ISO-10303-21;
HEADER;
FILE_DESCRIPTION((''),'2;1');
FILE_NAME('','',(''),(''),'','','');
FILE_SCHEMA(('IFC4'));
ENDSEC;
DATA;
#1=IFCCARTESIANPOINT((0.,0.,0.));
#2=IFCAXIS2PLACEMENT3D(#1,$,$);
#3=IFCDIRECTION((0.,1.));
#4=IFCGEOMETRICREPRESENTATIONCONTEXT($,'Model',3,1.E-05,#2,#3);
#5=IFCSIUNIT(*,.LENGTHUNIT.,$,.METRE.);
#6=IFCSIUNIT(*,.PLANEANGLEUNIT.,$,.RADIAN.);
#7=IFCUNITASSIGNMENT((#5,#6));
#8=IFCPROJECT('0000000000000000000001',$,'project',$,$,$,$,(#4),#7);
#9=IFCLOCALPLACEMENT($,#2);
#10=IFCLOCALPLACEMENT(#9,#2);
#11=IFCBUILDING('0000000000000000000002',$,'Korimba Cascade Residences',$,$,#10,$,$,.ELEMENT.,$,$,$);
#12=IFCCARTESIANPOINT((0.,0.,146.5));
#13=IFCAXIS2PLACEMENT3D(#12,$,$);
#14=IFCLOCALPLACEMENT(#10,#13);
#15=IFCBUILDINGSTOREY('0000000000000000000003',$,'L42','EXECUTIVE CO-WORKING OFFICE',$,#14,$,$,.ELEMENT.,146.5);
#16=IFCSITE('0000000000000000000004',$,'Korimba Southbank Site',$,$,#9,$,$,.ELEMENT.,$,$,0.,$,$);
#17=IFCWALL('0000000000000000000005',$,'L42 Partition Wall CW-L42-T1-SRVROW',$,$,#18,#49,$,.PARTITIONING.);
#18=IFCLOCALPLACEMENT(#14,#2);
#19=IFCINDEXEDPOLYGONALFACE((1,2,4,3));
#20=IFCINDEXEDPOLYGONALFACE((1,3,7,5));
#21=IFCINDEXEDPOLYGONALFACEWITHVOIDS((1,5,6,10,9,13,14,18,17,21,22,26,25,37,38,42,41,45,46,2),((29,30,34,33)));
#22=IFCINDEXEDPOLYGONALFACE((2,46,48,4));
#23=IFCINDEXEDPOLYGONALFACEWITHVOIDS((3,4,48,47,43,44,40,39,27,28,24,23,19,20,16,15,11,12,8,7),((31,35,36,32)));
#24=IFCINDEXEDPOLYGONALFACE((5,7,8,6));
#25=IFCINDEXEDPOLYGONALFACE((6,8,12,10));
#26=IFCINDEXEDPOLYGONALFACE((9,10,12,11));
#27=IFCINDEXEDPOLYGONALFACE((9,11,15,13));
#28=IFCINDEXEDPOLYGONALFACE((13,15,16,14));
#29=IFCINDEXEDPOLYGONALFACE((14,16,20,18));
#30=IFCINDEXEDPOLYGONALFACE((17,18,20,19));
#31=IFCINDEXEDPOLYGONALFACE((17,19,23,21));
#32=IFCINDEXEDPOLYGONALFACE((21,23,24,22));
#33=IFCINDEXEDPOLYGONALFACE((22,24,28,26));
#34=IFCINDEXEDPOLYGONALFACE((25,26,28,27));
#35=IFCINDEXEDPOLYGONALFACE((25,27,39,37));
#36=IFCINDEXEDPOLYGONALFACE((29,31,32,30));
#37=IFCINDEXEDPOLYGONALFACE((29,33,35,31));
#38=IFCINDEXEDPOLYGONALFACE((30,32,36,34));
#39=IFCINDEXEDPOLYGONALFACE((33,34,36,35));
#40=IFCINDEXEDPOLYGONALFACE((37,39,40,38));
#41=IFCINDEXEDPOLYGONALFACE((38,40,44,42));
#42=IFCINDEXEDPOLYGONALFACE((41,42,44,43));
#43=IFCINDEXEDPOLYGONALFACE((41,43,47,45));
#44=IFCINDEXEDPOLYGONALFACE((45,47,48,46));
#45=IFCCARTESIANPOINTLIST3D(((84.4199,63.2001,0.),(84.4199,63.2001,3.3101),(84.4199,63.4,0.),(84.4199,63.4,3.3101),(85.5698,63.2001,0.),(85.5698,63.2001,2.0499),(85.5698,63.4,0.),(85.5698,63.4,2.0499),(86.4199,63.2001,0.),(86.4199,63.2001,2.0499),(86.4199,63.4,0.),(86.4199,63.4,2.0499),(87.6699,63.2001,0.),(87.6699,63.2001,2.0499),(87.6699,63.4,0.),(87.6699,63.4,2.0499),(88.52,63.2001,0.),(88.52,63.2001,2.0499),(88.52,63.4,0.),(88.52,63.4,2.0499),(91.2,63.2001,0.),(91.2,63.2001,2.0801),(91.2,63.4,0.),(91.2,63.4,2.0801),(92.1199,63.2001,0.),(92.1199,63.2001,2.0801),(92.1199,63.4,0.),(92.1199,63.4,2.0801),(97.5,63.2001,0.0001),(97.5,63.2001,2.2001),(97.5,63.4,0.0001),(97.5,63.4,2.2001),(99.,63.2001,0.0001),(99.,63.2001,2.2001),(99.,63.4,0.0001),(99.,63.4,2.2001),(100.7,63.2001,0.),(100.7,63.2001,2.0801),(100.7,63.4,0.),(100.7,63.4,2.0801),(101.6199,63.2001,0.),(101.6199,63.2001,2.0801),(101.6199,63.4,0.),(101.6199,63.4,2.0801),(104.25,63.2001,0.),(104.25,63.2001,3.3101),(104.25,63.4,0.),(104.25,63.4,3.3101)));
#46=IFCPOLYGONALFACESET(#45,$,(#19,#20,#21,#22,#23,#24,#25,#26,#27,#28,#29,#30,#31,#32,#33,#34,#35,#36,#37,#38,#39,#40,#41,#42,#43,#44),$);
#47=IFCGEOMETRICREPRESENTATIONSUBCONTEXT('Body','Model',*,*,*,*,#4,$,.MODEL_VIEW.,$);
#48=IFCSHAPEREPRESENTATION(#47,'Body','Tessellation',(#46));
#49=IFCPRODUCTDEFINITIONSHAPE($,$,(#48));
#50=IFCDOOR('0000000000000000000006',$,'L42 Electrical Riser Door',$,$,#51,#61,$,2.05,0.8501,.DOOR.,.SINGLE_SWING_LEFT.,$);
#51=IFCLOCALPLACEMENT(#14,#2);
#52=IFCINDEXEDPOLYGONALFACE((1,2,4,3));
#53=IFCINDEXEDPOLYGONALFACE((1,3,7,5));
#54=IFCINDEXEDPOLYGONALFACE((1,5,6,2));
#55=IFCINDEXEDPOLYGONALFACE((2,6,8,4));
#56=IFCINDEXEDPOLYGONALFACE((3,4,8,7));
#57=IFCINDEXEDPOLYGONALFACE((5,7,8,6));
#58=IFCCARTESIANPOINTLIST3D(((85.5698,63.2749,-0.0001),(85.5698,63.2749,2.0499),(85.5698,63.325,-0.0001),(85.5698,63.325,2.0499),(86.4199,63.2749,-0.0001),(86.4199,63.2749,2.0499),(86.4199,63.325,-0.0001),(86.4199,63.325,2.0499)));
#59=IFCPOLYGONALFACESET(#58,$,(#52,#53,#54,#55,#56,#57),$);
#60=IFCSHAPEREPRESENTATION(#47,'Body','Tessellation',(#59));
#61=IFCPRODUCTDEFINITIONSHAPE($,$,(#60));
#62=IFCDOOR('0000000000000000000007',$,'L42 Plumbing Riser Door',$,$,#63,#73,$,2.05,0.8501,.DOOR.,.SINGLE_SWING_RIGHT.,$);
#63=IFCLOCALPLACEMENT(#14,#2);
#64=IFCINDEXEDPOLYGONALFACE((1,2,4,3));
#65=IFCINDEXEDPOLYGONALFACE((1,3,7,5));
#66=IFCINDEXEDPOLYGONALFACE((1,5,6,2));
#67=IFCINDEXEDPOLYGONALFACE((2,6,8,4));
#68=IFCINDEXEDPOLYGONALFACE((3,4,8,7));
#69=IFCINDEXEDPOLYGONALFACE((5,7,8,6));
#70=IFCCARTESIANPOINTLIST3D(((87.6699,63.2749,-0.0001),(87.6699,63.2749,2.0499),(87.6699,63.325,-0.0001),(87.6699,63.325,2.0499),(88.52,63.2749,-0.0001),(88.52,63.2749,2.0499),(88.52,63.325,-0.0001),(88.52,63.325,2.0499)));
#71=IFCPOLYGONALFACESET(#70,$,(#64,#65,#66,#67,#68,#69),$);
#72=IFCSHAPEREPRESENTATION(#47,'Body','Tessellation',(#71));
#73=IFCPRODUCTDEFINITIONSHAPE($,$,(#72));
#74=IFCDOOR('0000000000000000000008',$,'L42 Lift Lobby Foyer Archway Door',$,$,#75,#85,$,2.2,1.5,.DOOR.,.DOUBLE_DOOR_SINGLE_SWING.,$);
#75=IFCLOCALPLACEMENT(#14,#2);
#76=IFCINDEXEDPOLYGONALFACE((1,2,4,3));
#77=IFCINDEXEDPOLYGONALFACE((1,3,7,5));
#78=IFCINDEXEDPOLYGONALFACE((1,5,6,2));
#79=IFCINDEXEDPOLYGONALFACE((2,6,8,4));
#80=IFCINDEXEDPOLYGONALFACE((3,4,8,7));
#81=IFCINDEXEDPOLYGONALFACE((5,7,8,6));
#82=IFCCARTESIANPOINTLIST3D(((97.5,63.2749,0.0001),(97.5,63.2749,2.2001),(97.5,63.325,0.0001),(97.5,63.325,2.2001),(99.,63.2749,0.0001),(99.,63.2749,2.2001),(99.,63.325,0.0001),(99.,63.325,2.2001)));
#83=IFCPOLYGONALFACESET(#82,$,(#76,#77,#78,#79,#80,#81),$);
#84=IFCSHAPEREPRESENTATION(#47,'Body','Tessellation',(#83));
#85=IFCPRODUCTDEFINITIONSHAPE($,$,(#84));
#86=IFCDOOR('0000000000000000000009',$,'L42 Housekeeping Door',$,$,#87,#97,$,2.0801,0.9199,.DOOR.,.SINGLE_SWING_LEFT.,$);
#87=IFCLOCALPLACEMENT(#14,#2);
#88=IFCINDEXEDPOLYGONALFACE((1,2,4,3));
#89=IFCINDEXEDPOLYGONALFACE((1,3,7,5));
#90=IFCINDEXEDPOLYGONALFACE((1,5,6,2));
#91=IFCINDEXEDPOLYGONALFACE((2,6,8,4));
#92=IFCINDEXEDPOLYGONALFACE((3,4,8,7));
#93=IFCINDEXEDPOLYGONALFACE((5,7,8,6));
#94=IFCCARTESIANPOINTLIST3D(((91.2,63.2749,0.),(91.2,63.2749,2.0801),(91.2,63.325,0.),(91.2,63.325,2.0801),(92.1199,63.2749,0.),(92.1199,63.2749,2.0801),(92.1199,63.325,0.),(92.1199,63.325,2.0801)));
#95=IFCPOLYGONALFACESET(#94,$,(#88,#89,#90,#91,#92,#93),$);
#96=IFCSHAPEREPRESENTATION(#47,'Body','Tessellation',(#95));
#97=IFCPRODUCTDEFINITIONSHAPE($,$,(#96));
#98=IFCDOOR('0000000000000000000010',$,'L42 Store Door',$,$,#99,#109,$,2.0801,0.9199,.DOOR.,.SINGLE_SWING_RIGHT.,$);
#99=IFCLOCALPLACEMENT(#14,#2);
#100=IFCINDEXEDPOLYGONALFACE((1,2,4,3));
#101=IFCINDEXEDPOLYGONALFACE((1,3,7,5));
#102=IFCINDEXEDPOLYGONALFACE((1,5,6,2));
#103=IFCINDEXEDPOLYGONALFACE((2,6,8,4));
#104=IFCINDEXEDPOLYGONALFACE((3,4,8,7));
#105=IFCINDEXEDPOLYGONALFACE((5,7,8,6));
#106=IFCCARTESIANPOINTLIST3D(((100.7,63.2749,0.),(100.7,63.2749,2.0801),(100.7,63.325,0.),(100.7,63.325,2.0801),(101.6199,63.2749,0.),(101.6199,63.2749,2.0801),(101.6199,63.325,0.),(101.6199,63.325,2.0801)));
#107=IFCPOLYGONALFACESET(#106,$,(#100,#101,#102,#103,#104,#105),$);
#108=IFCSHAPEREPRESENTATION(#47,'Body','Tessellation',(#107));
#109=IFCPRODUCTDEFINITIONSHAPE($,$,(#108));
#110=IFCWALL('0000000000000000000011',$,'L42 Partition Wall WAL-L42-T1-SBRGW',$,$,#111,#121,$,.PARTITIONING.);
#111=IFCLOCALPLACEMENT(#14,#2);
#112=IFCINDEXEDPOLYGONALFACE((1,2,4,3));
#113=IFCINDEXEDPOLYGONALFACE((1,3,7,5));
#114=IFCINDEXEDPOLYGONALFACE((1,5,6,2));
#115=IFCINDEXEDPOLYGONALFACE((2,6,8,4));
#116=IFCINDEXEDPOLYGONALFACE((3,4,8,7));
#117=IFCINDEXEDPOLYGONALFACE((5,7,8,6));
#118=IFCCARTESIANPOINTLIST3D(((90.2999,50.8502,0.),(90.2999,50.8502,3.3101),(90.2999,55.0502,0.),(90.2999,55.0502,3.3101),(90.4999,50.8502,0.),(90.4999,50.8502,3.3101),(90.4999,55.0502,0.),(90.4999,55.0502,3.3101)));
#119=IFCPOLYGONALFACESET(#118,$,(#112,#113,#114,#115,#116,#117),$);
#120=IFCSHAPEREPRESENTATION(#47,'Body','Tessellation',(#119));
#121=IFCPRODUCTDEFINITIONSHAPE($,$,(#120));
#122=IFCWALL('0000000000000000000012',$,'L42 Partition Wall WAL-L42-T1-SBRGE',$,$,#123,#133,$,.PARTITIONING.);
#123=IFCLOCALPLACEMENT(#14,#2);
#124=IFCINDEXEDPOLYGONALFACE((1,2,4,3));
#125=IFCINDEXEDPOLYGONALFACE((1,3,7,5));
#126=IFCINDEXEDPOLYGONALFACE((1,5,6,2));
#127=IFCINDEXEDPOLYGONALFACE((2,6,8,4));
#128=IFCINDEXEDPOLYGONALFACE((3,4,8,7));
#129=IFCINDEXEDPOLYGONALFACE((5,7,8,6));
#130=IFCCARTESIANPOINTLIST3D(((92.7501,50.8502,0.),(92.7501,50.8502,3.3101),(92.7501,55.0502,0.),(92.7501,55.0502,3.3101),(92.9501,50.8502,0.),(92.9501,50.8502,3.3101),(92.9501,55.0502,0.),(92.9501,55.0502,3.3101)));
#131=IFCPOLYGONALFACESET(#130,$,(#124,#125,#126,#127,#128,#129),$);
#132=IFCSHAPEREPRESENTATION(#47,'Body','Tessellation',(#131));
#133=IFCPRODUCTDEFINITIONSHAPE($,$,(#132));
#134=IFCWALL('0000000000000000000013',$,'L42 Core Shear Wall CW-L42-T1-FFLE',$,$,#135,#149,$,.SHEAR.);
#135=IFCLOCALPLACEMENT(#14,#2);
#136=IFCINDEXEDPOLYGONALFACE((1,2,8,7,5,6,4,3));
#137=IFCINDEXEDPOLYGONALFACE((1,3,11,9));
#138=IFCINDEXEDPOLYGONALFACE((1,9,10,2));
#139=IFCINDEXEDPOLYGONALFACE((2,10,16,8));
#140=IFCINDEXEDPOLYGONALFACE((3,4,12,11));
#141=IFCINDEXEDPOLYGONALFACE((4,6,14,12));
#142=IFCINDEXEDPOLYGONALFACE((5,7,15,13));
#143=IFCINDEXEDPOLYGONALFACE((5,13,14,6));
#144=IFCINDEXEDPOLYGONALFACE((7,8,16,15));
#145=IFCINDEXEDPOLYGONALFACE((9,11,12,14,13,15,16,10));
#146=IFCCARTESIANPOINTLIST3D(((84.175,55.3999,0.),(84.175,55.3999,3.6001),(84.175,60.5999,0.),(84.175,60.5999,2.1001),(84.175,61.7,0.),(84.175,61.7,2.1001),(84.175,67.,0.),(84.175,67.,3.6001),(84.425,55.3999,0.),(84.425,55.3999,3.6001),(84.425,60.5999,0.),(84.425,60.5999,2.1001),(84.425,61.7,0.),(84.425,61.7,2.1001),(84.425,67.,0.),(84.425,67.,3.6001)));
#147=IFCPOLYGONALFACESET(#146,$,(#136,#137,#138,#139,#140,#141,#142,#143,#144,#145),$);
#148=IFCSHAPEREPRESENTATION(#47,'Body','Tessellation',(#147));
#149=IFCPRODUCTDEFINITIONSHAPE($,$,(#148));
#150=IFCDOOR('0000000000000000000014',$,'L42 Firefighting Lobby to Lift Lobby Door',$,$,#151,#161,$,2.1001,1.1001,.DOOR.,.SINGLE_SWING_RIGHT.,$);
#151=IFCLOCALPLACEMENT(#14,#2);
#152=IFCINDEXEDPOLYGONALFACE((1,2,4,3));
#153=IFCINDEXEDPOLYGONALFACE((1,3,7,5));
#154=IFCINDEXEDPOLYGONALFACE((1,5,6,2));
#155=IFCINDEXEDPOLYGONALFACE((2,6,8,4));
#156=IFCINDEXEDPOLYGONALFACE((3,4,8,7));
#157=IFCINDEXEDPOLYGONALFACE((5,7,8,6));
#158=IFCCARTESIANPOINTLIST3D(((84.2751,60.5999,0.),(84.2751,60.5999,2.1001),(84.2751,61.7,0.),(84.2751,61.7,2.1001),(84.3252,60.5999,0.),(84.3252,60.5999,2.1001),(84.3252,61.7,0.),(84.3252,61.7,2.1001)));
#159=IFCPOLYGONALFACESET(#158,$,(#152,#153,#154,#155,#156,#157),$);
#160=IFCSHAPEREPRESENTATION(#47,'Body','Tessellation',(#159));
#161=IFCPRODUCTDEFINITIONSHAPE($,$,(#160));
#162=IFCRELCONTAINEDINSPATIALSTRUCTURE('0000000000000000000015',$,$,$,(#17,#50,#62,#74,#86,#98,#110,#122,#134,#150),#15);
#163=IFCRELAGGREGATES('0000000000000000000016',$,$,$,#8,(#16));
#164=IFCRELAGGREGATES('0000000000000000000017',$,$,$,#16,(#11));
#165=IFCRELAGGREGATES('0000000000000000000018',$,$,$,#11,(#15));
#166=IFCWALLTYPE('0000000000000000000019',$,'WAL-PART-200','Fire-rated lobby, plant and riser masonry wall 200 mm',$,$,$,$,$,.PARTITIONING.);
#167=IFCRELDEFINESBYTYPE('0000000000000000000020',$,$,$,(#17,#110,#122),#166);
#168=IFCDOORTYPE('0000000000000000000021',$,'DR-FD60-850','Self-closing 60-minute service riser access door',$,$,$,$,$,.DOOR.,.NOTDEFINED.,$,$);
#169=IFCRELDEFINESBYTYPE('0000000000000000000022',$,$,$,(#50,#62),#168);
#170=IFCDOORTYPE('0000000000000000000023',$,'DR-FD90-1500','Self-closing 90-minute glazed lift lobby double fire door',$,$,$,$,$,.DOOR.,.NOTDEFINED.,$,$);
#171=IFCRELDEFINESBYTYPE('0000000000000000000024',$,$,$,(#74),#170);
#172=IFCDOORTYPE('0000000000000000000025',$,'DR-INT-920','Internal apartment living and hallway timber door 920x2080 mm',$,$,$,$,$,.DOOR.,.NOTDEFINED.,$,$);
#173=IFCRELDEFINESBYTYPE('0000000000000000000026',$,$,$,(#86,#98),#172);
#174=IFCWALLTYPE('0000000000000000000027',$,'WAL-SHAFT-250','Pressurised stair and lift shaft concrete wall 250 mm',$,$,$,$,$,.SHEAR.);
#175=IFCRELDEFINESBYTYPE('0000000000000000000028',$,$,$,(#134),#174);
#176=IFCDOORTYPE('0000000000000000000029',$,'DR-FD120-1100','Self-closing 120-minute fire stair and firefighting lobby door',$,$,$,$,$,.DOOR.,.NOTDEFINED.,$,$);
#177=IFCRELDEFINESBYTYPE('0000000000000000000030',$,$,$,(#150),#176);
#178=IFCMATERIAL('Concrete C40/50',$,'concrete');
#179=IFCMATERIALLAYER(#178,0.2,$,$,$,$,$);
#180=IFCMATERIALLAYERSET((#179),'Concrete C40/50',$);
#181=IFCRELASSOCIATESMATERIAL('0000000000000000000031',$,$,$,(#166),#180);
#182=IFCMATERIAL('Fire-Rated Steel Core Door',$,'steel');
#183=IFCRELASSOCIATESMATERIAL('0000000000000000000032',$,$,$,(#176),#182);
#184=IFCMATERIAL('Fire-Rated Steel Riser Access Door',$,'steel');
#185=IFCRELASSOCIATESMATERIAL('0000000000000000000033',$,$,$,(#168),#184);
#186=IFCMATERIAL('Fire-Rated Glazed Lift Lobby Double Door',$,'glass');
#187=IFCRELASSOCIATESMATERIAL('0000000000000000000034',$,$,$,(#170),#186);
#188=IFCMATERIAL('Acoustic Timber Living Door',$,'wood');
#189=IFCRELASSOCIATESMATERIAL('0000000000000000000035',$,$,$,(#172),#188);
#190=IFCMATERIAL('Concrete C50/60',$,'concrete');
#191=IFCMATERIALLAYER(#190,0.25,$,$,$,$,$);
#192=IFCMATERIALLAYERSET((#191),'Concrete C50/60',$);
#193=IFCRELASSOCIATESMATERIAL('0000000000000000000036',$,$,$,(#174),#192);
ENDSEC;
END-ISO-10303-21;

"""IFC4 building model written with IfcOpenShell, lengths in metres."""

from ifc_helpers import new_model, si_unit, direction, frame, frame_2d, origin, place, context, subcontext, project, spatial, rectangle, extrude, material, layer, layer_set, type_object, element, fill, save


model = new_model("IFC4")

# Units and contexts
model_context = context("Model", 3, precision=1e-05, world=origin(), true_north=direction((0.0, 1.0)))
body_context = subcontext(model_context, "Body", "Model", "MODEL_VIEW")
ifc_project = project(units=[si_unit("LENGTHUNIT", "METRE"), si_unit("PLANEANGLEUNIT", "RADIAN")], contexts=[model_context])

# Site, building, storey
site_placement = place(None, origin())
site = spatial("IfcSite", under=ifc_project, at=site_placement, Name="Korimba Southbank Site", CompositionType="ELEMENT", RefElevation=0.0)
building_placement = place(site_placement, origin())
building = spatial("IfcBuilding", under=site, at=building_placement, Name="Korimba Cascade Residences", CompositionType="ELEMENT")
storey_placement = place(building_placement, frame((0.0, 0.0, 146.5)))
storey = spatial("IfcBuildingStorey", under=building, at=storey_placement, Name="L42", Description="EXECUTIVE CO-WORKING OFFICE", CompositionType="ELEMENT", Elevation=146.5)

# Shared definitions
ifc_material_1 = material(Name="Concrete C40/50", Category="concrete")
ifc_layer_1 = layer(ifc_material_1, 0.2)
ifc_layer_set_1 = layer_set([ifc_layer_1], Name="Concrete C40/50")
wall_type_1 = type_object("IfcWallType", Name="WAL-PART-200", Description="Fire-rated lobby, plant and riser masonry wall 200 mm", PredefinedType="PARTITIONING", material=ifc_layer_set_1)

# Shared definitions
ifc_material_2 = material(Name="Fire-Rated Steel Core Door", Category="steel")
door_type_1 = type_object("IfcDoorType", Name="DR-FD120-1100", Description="Self-closing 120-minute fire stair and firefighting lobby door", OperationType="NOTDEFINED", PredefinedType="DOOR", material=ifc_material_2)

# Wall, openings, doors
wall_1_placement = place(storey_placement, frame((84.4199, 63.3, 0.0), z_axis=(0.0, 0.0, 1.0), x_axis=(1.0, 0.0, 0.0)))
wall_1 = element("IfcWall", 1, at=wall_1_placement, inside=storey, type_object=wall_type_1, Name="L42 Partition Wall CW-L42-T1-SRVROW", PredefinedType="PARTITIONING", context=body_context, shape_type="SweptSolid", body=[
    extrude(rectangle(XDim=19.8301, YDim=0.2, at=frame_2d((9.915, 0.0))), origin(), (0.0, 0.0, 1.0), 3.3101),
])
opening_1_placement = place(wall_1_placement, frame((1.1499, 0.0, 0.0)))
opening_1 = element("IfcOpeningElement", 2, at=opening_1_placement, cuts=wall_1, PredefinedType="OPENING", context=body_context, shape_type="SweptSolid", body=[
    extrude(rectangle(XDim=0.8501, YDim=2.05, at=frame_2d((0.425, 1.0249))), frame((0.0, 0.1099, 0.0), z_axis=(0.0, -1.0, 0.0), x_axis=(1.0, 0.0, 0.0)), (0.0, 0.0, 1.0), 0.22),
])
opening_2_placement = place(wall_1_placement, frame((3.25, 0.0, 0.0)))
opening_2 = element("IfcOpeningElement", 3, at=opening_2_placement, cuts=wall_1, PredefinedType="OPENING", context=body_context, shape_type="SweptSolid", body=[
    extrude(rectangle(XDim=0.8501, YDim=2.05, at=frame_2d((0.425, 1.0249))), frame((0.0, 0.1099, 0.0), z_axis=(0.0, -1.0, 0.0), x_axis=(1.0, 0.0, 0.0)), (0.0, 0.0, 1.0), 0.22),
])
opening_3_placement = place(wall_1_placement, frame((13.0801, 0.0, 0.0)))
opening_3 = element("IfcOpeningElement", 4, at=opening_3_placement, cuts=wall_1, PredefinedType="OPENING", context=body_context, shape_type="SweptSolid", body=[
    extrude(rectangle(XDim=1.5, YDim=2.2, at=frame_2d((0.75, 1.1001))), frame((0.0, 0.1099, 0.0), z_axis=(0.0, -1.0, 0.0), x_axis=(1.0, 0.0, 0.0)), (0.0, 0.0, 1.0), 0.22),
])
opening_4_placement = place(wall_1_placement, frame((6.78, 0.0, 0.0)))
opening_4 = element("IfcOpeningElement", 5, at=opening_4_placement, cuts=wall_1, PredefinedType="OPENING", context=body_context, shape_type="SweptSolid", body=[
    extrude(rectangle(XDim=0.9199, YDim=2.0801, at=frame_2d((0.46, 1.04))), frame((0.0, 0.1099, 0.0), z_axis=(0.0, -1.0, 0.0), x_axis=(1.0, 0.0, 0.0)), (0.0, 0.0, 1.0), 0.22),
])
opening_5_placement = place(wall_1_placement, frame((16.28, 0.0, 0.0)))
opening_5 = element("IfcOpeningElement", 6, at=opening_5_placement, cuts=wall_1, PredefinedType="OPENING", context=body_context, shape_type="SweptSolid", body=[
    extrude(rectangle(XDim=0.9199, YDim=2.0801, at=frame_2d((0.46, 1.04))), frame((0.0, 0.1099, 0.0), z_axis=(0.0, -1.0, 0.0), x_axis=(1.0, 0.0, 0.0)), (0.0, 0.0, 1.0), 0.22),
])
ifc_material_3 = material(Name="Fire-Rated Steel Riser Access Door", Category="steel")
door_type_2 = type_object("IfcDoorType", Name="DR-FD60-850", Description="Self-closing 60-minute service riser access door", OperationType="NOTDEFINED", PredefinedType="DOOR", material=ifc_material_3)
door_1_placement = place(opening_1_placement, origin())
door_1 = element("IfcDoor", 7, at=door_1_placement, inside=storey, type_object=door_type_2, Name="L42 Electrical Riser Door", OperationType="SINGLE_SWING_LEFT", OverallHeight=2.05, OverallWidth=0.8501, PredefinedType="DOOR", context=body_context, shape_type="SweptSolid", body=[
    extrude(rectangle(XDim=0.8501, YDim=2.05, at=frame_2d((0.425, 1.0249))), frame((0.0, 0.0249, 0.0), z_axis=(0.0, -1.0, 0.0), x_axis=(1.0, 0.0, 0.0)), (0.0, 0.0, 1.0), 0.05),
])
fill(opening_1, door_1)
door_2_placement = place(opening_2_placement, origin())
door_2 = element("IfcDoor", 8, at=door_2_placement, inside=storey, type_object=door_type_2, Name="L42 Plumbing Riser Door", OperationType="SINGLE_SWING_RIGHT", OverallHeight=2.05, OverallWidth=0.8501, PredefinedType="DOOR", context=body_context, shape_type="SweptSolid", body=[
    extrude(rectangle(XDim=0.8501, YDim=2.05, at=frame_2d((0.425, 1.0249))), frame((0.0, 0.0249, 0.0), z_axis=(0.0, -1.0, 0.0), x_axis=(1.0, 0.0, 0.0)), (0.0, 0.0, 1.0), 0.05),
])
fill(opening_2, door_2)
ifc_material_4 = material(Name="Fire-Rated Glazed Lift Lobby Double Door", Category="glass")
door_type_3 = type_object("IfcDoorType", Name="DR-FD90-1500", Description="Self-closing 90-minute glazed lift lobby double fire door", OperationType="NOTDEFINED", PredefinedType="DOOR", material=ifc_material_4)
door_3_placement = place(opening_3_placement, origin())
door_3 = element("IfcDoor", 9, at=door_3_placement, inside=storey, type_object=door_type_3, Name="L42 Lift Lobby Foyer Archway Door", OperationType="DOUBLE_DOOR_SINGLE_SWING", OverallHeight=2.2, OverallWidth=1.5, PredefinedType="DOOR", context=body_context, shape_type="SweptSolid", body=[
    extrude(rectangle(XDim=1.5, YDim=2.2, at=frame_2d((0.75, 1.1001))), frame((0.0, 0.0249, 0.0), z_axis=(0.0, -1.0, 0.0), x_axis=(1.0, 0.0, 0.0)), (0.0, 0.0, 1.0), 0.05),
])
fill(opening_3, door_3)
ifc_material_5 = material(Name="Acoustic Timber Living Door", Category="wood")
door_type_4 = type_object("IfcDoorType", Name="DR-INT-920", Description="Internal apartment living and hallway timber door 920x2080 mm", OperationType="NOTDEFINED", PredefinedType="DOOR", material=ifc_material_5)
door_4_placement = place(opening_4_placement, origin())
door_4 = element("IfcDoor", 10, at=door_4_placement, inside=storey, type_object=door_type_4, Name="L42 Housekeeping Door", OperationType="SINGLE_SWING_LEFT", OverallHeight=2.0801, OverallWidth=0.9199, PredefinedType="DOOR", context=body_context, shape_type="SweptSolid", body=[
    extrude(rectangle(XDim=0.9199, YDim=2.0801, at=frame_2d((0.46, 1.04))), frame((0.0, 0.0249, 0.0), z_axis=(0.0, -1.0, 0.0), x_axis=(1.0, 0.0, 0.0)), (0.0, 0.0, 1.0), 0.05),
])
fill(opening_4, door_4)
door_5_placement = place(opening_5_placement, origin())
door_5 = element("IfcDoor", 11, at=door_5_placement, inside=storey, type_object=door_type_4, Name="L42 Store Door", OperationType="SINGLE_SWING_RIGHT", OverallHeight=2.0801, OverallWidth=0.9199, PredefinedType="DOOR", context=body_context, shape_type="SweptSolid", body=[
    extrude(rectangle(XDim=0.9199, YDim=2.0801, at=frame_2d((0.46, 1.04))), frame((0.0, 0.0249, 0.0), z_axis=(0.0, -1.0, 0.0), x_axis=(1.0, 0.0, 0.0)), (0.0, 0.0, 1.0), 0.05),
])
fill(opening_5, door_5)

# Walls
for number, where, z_axis, x_axis, name in (
    (12, (90.3999, 50.8501, 0.0), (0.0, 0.0, 1.0), (0.0, 1.0, 0.0), "L42 Partition Wall WAL-L42-T1-SBRGW"),
    (13, (92.8501, 50.8501, 0.0), (0.0, 0.0, 1.0), (0.0, 1.0, 0.0), "L42 Partition Wall WAL-L42-T1-SBRGE"),
):
    element("IfcWall", number, at=place(storey_placement, frame(where, z_axis=z_axis, x_axis=x_axis)), inside=storey, type_object=wall_type_1, Name=name, PredefinedType="PARTITIONING", context=body_context, shape_type="SweptSolid", body=[
        extrude(rectangle(XDim=4.2, YDim=0.2, at=frame_2d((2.1001, 0.0))), origin(), (0.0, 0.0, 1.0), 3.3101),
    ])

# Wall, opening, door
ifc_material_6 = material(Name="Concrete C50/60", Category="concrete")
ifc_layer_2 = layer(ifc_material_6, 0.25)
ifc_layer_set_2 = layer_set([ifc_layer_2], Name="Concrete C50/60")
wall_type_2 = type_object("IfcWallType", Name="WAL-SHAFT-250", Description="Pressurised stair and lift shaft concrete wall 250 mm", PredefinedType="SHEAR", material=ifc_layer_set_2)
wall_2_placement = place(storey_placement, frame((84.3, 55.3999, 0.0), z_axis=(0.0, 0.0, 1.0), x_axis=(0.0, 1.0, 0.0)))
wall_2 = element("IfcWall", 14, at=wall_2_placement, inside=storey, type_object=wall_type_2, Name="L42 Core Shear Wall CW-L42-T1-FFLE", PredefinedType="SHEAR", context=body_context, shape_type="SweptSolid", body=[
    extrude(rectangle(XDim=11.6001, YDim=0.25, at=frame_2d((5.8, 0.0))), origin(), (0.0, 0.0, 1.0), 3.6001),
])
opening_6_placement = place(wall_2_placement, frame((5.2, 0.0, 0.0)))
opening_6 = element("IfcOpeningElement", 15, at=opening_6_placement, cuts=wall_2, PredefinedType="OPENING", context=body_context, shape_type="SweptSolid", body=[
    extrude(rectangle(XDim=1.1001, YDim=2.1001, at=frame_2d((0.55, 1.05))), frame((0.0, 0.135, 0.0), z_axis=(0.0, -1.0, 0.0), x_axis=(1.0, 0.0, 0.0)), (0.0, 0.0, 1.0), 0.27),
])
door_6_placement = place(opening_6_placement, origin())
door_6 = element("IfcDoor", 16, at=door_6_placement, inside=storey, type_object=door_type_1, Name="L42 Firefighting Lobby to Lift Lobby Door", OperationType="SINGLE_SWING_RIGHT", OverallHeight=2.1001, OverallWidth=1.1001, PredefinedType="DOOR", context=body_context, shape_type="SweptSolid", body=[
    extrude(rectangle(XDim=1.1001, YDim=2.1001, at=frame_2d((0.55, 1.05))), frame((0.0, 0.0249, 0.0), z_axis=(0.0, -1.0, 0.0), x_axis=(1.0, 0.0, 0.0)), (0.0, 0.0, 1.0), 0.05),
])
fill(opening_6, door_6)

save(model, "model.ifc")
